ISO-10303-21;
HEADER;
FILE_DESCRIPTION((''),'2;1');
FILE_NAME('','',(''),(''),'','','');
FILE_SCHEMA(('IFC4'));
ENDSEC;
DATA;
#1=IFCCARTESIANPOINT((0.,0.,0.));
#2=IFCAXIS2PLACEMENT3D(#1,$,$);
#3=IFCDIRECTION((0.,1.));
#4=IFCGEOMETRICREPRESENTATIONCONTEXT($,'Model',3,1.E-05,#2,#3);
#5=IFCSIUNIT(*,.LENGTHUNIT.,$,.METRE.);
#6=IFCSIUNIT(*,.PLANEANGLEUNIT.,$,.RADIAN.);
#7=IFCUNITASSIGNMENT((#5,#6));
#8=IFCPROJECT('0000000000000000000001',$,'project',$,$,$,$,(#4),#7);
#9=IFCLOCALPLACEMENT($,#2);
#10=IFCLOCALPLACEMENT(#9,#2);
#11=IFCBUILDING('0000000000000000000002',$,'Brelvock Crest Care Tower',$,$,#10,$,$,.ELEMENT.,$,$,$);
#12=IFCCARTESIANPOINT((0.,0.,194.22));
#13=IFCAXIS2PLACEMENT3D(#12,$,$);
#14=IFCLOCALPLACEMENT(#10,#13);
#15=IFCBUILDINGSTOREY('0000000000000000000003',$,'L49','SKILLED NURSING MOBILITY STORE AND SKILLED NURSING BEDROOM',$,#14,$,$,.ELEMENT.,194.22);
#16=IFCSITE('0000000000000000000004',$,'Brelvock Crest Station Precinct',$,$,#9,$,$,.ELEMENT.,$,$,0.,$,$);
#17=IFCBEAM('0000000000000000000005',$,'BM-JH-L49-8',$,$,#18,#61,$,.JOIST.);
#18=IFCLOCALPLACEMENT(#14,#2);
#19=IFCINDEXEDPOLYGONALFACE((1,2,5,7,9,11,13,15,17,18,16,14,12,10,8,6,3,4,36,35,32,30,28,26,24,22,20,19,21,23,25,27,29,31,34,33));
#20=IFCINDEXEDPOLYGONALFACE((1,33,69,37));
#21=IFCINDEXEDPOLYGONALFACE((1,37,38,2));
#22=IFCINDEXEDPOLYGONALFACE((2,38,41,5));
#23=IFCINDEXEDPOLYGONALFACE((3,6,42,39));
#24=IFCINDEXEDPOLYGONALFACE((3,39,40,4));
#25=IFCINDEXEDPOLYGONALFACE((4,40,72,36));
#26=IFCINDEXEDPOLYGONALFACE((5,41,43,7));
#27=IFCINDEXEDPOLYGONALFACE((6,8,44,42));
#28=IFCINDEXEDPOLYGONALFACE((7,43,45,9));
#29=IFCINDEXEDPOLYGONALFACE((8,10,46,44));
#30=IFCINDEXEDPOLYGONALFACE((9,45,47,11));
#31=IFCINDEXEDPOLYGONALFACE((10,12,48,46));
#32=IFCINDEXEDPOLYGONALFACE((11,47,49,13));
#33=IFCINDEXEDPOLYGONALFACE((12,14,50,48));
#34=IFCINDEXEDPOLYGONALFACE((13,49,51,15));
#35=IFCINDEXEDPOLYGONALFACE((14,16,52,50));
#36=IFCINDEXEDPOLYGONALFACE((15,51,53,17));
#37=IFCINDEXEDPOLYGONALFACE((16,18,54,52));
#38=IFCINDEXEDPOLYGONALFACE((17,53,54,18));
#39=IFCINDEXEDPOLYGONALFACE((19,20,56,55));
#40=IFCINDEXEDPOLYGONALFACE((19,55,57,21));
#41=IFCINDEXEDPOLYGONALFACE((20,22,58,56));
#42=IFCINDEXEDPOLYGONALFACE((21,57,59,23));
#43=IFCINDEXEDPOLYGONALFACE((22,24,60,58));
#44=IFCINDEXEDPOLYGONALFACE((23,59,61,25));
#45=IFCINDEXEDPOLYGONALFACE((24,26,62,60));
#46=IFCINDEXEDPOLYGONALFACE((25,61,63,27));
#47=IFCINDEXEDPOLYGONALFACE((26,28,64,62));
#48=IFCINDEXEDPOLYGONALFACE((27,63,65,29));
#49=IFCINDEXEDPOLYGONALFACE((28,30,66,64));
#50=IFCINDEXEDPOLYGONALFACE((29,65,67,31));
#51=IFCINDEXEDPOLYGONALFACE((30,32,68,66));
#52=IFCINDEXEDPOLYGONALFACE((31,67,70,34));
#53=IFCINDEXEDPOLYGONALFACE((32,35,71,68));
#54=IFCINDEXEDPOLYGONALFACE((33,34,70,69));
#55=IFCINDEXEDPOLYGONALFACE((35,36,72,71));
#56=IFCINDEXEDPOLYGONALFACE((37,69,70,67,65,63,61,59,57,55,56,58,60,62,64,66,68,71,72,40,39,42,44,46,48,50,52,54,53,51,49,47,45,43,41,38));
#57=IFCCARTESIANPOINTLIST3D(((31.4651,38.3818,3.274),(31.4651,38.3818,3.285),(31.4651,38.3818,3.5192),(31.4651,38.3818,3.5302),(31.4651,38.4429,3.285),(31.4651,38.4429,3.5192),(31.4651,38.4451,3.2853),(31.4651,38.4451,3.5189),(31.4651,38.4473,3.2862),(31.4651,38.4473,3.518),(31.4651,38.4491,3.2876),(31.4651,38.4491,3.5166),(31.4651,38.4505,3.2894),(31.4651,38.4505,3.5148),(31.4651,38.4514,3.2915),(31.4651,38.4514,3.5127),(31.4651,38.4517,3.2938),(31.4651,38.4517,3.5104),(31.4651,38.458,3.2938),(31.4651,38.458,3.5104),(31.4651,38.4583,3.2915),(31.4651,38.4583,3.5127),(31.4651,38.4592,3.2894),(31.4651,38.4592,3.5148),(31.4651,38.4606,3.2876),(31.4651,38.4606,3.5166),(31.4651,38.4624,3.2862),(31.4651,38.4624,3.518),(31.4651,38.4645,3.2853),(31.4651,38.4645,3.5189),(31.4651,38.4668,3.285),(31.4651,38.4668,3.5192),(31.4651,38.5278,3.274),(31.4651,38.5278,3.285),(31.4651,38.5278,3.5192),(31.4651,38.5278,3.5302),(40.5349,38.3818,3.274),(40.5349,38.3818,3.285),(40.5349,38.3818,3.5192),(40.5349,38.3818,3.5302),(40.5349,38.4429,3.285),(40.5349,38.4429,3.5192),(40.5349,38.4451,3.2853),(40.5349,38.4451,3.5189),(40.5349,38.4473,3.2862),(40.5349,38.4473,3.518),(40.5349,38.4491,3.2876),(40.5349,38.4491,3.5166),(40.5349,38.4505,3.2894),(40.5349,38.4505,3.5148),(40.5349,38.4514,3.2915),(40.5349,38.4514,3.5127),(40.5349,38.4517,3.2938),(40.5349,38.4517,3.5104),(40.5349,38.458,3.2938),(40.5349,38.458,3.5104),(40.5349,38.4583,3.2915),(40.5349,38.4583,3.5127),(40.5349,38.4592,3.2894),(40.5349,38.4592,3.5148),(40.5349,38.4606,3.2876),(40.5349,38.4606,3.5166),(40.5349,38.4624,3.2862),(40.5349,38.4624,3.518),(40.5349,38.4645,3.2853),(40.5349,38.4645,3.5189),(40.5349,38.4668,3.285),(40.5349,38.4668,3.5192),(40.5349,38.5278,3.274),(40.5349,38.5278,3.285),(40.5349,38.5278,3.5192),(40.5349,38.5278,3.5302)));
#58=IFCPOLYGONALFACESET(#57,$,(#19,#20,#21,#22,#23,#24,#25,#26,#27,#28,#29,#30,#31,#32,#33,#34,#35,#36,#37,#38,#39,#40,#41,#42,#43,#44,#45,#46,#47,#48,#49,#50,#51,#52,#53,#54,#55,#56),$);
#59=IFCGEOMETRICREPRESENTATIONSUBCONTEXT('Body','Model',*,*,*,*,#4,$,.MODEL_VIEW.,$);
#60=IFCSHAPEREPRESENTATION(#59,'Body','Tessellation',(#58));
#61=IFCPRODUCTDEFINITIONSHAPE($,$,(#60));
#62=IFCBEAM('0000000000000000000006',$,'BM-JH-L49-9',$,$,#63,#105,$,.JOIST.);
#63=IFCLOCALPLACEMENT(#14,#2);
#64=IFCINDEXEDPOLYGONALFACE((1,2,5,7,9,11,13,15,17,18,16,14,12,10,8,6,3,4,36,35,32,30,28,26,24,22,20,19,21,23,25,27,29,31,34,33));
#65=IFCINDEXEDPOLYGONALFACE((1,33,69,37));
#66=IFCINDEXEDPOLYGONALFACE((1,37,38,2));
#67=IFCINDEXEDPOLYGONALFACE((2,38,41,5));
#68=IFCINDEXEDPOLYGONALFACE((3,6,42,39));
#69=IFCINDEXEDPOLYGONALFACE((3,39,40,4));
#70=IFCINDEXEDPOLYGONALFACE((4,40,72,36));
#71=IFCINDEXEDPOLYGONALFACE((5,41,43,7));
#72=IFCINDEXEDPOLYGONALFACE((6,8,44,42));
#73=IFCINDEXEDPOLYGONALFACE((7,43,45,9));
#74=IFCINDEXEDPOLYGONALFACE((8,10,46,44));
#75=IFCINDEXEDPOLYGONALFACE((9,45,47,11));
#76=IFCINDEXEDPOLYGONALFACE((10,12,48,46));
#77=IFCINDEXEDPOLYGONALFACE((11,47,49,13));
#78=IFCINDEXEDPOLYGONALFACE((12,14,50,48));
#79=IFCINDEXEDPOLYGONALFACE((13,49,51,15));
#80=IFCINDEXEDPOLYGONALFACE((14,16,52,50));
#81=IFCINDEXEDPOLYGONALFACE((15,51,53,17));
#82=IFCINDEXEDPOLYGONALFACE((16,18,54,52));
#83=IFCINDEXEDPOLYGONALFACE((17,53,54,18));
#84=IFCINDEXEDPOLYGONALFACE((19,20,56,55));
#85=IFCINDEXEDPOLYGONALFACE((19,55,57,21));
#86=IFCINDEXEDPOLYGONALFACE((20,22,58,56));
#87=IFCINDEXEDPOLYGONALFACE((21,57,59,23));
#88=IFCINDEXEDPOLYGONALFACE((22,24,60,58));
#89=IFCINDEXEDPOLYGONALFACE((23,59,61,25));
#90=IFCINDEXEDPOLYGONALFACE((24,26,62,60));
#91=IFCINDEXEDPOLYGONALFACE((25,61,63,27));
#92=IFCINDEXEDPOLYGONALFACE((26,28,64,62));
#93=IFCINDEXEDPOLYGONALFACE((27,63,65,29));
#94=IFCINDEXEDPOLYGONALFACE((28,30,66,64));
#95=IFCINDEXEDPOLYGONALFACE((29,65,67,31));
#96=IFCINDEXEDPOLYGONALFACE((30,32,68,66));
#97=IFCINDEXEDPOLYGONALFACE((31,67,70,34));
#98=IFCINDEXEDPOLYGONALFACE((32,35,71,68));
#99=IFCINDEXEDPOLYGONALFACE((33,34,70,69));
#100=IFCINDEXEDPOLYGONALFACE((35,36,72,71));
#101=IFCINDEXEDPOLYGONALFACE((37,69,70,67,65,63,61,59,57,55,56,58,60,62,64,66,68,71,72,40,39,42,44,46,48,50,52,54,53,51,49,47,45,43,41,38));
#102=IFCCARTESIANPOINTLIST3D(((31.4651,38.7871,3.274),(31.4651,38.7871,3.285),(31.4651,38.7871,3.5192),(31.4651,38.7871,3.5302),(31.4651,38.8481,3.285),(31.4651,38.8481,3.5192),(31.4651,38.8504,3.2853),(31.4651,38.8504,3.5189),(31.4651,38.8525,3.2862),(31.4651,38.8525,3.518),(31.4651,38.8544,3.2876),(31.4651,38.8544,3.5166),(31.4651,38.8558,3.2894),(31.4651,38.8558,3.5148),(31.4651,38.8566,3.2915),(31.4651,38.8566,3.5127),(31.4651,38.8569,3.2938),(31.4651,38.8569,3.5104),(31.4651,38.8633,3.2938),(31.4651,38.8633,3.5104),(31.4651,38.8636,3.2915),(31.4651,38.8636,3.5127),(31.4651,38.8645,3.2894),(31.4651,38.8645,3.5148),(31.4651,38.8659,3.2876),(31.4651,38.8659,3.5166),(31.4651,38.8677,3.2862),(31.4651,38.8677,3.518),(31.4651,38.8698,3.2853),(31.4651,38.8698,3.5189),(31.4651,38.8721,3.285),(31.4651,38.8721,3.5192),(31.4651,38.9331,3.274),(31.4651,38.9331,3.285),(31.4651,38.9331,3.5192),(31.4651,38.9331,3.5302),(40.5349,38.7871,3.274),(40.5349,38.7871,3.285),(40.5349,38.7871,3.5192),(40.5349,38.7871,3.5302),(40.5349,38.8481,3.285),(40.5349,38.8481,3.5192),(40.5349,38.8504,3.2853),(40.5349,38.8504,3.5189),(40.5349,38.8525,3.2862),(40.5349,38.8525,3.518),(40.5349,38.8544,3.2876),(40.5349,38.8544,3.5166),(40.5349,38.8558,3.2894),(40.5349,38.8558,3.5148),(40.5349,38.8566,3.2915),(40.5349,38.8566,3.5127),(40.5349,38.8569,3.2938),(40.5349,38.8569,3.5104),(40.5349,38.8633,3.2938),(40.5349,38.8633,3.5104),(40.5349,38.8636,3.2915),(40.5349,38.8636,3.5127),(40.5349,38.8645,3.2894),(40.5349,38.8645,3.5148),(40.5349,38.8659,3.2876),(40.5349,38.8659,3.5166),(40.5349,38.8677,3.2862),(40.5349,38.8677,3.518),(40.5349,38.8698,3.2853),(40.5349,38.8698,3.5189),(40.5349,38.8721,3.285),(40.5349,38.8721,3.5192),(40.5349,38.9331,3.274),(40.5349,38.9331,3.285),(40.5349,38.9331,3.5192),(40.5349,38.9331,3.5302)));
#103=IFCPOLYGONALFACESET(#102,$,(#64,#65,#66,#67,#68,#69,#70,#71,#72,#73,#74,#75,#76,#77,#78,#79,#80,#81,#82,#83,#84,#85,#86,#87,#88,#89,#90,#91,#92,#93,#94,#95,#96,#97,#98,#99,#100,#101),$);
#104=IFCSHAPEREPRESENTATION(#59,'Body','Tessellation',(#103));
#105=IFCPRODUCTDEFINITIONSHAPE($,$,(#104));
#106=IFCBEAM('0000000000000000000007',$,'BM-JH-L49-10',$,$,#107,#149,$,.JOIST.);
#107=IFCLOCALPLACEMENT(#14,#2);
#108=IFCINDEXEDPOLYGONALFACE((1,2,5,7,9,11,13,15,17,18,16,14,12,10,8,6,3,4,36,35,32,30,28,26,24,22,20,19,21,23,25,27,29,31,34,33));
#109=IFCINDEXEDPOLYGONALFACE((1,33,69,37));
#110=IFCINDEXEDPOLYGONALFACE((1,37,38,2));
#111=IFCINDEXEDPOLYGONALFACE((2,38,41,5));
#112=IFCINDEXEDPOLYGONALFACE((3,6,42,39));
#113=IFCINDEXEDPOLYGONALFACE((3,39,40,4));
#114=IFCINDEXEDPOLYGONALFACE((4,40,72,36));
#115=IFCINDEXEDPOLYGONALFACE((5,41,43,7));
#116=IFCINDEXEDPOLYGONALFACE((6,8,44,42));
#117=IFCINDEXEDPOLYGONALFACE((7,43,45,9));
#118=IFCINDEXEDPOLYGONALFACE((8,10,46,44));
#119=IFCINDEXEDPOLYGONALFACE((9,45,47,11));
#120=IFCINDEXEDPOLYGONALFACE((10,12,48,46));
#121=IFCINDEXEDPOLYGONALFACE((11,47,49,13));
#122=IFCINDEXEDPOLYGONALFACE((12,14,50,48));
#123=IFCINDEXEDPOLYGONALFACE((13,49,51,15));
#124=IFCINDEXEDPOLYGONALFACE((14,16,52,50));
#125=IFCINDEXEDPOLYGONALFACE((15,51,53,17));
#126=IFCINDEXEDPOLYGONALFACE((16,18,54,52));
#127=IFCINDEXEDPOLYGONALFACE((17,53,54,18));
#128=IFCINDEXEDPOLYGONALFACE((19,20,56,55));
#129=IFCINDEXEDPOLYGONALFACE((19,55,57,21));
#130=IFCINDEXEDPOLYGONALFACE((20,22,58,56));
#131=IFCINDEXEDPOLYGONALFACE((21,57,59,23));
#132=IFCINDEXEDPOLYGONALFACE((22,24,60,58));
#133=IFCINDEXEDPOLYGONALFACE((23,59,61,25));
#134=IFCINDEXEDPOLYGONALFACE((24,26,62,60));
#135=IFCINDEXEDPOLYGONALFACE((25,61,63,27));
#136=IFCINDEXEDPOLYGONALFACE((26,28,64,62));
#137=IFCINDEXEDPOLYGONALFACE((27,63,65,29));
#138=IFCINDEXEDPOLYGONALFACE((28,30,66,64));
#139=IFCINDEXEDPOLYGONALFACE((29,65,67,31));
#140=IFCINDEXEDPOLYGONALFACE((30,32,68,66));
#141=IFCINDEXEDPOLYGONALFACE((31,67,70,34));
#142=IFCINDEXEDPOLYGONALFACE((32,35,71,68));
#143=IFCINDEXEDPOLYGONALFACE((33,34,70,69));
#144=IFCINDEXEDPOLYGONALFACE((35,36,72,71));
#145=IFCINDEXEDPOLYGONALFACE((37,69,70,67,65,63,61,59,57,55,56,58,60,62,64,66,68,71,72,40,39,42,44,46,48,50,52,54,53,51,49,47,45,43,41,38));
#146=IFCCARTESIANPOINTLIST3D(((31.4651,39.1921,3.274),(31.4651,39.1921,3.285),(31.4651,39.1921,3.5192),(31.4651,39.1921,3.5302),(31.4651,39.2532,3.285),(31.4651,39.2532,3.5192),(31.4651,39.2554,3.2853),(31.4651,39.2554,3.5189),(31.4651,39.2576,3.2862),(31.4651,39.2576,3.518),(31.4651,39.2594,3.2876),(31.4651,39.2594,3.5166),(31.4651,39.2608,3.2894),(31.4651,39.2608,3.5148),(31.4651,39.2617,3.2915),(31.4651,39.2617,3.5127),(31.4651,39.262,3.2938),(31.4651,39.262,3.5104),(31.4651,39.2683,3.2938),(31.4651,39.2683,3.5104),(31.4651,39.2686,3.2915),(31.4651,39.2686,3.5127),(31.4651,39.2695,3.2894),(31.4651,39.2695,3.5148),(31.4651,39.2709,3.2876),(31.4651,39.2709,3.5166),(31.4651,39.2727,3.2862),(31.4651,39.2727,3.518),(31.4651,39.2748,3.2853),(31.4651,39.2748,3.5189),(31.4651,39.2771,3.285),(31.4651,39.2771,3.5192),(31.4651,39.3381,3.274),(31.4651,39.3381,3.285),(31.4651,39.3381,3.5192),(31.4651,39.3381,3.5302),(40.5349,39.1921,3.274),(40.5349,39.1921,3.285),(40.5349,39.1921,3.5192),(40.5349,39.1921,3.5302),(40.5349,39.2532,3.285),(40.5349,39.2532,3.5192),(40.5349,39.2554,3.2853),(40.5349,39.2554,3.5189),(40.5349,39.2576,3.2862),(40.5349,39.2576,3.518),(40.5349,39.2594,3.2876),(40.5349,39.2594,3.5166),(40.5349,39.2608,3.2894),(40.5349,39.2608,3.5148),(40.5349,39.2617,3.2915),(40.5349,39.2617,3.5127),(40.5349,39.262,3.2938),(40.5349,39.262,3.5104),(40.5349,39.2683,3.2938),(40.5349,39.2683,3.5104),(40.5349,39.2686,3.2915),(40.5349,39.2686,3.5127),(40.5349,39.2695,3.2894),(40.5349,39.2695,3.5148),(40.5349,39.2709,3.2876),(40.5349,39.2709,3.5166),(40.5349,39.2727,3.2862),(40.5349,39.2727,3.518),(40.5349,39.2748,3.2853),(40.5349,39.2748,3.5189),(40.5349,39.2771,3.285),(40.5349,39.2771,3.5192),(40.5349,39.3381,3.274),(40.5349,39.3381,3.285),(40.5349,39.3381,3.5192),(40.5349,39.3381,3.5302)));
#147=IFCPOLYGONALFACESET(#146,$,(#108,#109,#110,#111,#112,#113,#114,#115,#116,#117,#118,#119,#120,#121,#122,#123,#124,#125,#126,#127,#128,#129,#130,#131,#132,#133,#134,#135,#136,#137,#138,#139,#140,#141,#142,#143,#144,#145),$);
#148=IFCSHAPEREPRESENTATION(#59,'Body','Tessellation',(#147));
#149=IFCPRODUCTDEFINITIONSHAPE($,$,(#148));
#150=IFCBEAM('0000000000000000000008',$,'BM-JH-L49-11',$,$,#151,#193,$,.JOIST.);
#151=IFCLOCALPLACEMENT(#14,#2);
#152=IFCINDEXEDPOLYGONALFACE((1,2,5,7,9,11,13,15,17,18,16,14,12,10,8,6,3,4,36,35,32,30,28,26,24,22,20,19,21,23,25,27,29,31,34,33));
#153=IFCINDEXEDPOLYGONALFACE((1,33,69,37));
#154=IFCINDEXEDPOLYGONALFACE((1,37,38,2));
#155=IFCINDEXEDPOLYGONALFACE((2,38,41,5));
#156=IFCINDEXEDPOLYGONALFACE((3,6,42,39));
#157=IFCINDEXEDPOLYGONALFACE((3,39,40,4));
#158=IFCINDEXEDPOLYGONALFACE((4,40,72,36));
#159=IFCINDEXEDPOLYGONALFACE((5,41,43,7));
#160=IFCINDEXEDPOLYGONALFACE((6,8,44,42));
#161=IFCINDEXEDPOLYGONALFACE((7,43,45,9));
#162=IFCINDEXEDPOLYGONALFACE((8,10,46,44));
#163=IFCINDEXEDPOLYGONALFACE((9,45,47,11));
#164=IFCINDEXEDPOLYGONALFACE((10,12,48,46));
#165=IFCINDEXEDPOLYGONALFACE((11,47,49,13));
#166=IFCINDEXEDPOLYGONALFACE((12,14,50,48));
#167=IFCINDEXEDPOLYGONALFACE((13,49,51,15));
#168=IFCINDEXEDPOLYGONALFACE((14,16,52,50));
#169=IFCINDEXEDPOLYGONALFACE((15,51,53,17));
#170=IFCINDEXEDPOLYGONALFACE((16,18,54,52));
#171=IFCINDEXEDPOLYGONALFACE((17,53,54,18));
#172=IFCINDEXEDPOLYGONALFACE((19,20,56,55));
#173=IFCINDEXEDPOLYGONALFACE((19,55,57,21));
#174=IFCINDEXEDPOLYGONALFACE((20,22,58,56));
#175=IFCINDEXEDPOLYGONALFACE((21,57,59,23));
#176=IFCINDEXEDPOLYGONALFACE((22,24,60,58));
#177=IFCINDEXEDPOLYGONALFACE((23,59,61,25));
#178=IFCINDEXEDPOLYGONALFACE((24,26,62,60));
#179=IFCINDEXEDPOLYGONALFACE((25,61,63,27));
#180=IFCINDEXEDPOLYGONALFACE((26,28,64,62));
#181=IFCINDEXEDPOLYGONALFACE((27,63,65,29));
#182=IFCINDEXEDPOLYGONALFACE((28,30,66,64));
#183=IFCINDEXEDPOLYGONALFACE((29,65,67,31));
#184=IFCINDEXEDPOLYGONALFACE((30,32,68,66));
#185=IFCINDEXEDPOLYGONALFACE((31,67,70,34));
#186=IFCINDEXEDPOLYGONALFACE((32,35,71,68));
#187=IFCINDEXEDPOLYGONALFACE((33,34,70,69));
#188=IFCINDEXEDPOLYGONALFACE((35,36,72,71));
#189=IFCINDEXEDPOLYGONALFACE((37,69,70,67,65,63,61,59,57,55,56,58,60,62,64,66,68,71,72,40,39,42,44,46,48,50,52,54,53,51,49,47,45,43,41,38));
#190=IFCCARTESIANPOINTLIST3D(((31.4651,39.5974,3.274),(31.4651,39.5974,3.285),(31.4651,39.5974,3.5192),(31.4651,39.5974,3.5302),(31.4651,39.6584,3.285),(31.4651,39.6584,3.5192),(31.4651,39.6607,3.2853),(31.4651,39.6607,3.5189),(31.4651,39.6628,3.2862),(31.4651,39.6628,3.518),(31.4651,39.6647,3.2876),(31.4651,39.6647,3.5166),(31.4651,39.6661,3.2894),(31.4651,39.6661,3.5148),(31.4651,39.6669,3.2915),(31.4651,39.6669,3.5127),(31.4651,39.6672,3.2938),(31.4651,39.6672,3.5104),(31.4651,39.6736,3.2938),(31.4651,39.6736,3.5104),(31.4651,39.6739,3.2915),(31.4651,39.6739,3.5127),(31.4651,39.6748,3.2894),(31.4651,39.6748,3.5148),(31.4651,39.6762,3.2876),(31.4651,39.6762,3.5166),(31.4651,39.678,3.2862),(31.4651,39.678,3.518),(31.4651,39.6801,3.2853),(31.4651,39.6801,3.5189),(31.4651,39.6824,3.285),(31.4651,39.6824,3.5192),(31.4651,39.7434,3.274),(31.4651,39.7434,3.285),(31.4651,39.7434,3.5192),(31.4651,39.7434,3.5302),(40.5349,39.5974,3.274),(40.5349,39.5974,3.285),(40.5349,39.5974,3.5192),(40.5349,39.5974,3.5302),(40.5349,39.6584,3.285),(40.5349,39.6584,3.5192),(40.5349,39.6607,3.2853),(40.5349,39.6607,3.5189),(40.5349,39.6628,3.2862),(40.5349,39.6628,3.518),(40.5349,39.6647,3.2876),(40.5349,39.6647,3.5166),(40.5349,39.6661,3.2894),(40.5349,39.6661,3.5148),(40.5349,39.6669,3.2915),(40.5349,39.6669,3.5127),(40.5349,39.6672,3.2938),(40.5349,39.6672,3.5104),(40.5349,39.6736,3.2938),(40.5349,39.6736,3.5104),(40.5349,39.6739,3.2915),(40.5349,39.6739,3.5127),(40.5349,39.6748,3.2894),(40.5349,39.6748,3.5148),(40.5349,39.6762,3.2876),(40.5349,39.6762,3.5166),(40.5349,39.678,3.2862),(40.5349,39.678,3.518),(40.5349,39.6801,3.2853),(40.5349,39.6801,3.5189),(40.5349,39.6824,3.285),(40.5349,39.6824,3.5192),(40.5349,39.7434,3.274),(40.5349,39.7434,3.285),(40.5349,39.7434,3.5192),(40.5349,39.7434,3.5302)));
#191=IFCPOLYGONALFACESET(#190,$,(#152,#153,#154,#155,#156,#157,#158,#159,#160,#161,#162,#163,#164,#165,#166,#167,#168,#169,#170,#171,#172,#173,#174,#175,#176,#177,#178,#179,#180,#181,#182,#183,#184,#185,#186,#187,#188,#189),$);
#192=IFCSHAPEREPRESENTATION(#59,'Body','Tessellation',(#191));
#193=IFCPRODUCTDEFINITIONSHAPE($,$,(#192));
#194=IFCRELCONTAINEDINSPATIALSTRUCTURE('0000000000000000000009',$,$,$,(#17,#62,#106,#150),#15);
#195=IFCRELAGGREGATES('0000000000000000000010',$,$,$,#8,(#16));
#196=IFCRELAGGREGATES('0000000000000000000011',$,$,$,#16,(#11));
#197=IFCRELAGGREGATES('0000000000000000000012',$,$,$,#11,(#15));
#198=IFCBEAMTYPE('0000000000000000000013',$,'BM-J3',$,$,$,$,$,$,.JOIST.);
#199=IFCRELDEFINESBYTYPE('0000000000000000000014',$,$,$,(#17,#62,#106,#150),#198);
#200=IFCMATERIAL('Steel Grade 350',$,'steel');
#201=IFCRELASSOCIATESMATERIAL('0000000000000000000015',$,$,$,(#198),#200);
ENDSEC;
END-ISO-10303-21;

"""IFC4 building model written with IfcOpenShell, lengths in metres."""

from ifc_helpers import new_model, si_unit, direction, frame, origin, origin_2d, place, context, subcontext, project, spatial, i_section, extrude, source, transform, mapped, material, material_profile, profile_set, type_object, element, save


model = new_model("IFC4")

# Units and contexts
model_context = context("Model", 3, precision=1e-05, world=origin(), true_north=direction((0.0, 1.0)))
body_context = subcontext(model_context, "Body", "Model", "MODEL_VIEW")
ifc_project = project(units=[si_unit("LENGTHUNIT", "METRE"), si_unit("PLANEANGLEUNIT", "RADIAN")], contexts=[model_context])

# Site, building, storey
site_placement = place(None, origin())
site = spatial("IfcSite", under=ifc_project, at=site_placement, Name="Brelvock Crest Station Precinct", CompositionType="ELEMENT", RefElevation=0.0)
building_placement = place(site_placement, origin())
building = spatial("IfcBuilding", under=site, at=building_placement, Name="Brelvock Crest Care Tower", CompositionType="ELEMENT")
storey_placement = place(building_placement, frame((0.0, 0.0, 194.22)))
storey = spatial("IfcBuildingStorey", under=building, at=storey_placement, Name="L49", Description="SKILLED NURSING MOBILITY STORE AND SKILLED NURSING BEDROOM", CompositionType="ELEMENT", Elevation=194.22)

# Beams
ifc_material_1 = material(Name="Steel Grade 350", Category="steel")
ifc_material_profile_1 = material_profile(ifc_material_1, i_section(OverallWidth=0.146, OverallDepth=0.2561, WebThickness=0.0063, FlangeThickness=0.011, FilletRadius=0.0088, at=origin_2d()), Name="250UB37.3")
ifc_profile_set_1 = profile_set([ifc_material_profile_1], Name="Steel Grade 350")
beam_type_1 = type_object("IfcBeamType", Name="BM-J3", PredefinedType="JOIST", material=ifc_profile_set_1)
shared_shape_1 = source(origin(), body_context, "Body", "SweptSolid", [
    extrude(i_section(OverallWidth=0.146, OverallDepth=0.2561, WebThickness=0.0063, FlangeThickness=0.011, FilletRadius=0.0088, at=origin_2d()), origin(), (0.0, 0.0, 1.0), 9.0698),
])
for number, where, z_axis, x_axis, name in (
    (1, (31.4651, 38.4548, 3.4021), (1.0, 0.0, 0.0), (0.0, 1.0, 0.0), "BM-JH-L49-8"),
    (2, (31.4651, 38.8601, 3.4021), (1.0, 0.0, 0.0), (0.0, 1.0, 0.0), "BM-JH-L49-9"),
    (3, (31.4651, 39.2651, 3.4021), (1.0, 0.0, 0.0), (0.0, 1.0, 0.0), "BM-JH-L49-10"),
    (4, (31.4651, 39.6704, 3.4021), (1.0, 0.0, 0.0), (0.0, 1.0, 0.0), "BM-JH-L49-11"),
):
    element("IfcBeam", number, at=place(storey_placement, frame(where, z_axis=z_axis, x_axis=x_axis)), inside=storey, type_object=beam_type_1, Name=name, PredefinedType="JOIST", context=body_context, shape_type="MappedRepresentation", body=[
        mapped(shared_shape_1, transform((0.0, 0.0, 0.0), x_axis=(1.0, 0.0, 0.0), y_axis=(0.0, 1.0, 0.0), z_axis=(0.0, 0.0, 1.0), scale=1.0)),
    ])

save(model, "model.ifc")
